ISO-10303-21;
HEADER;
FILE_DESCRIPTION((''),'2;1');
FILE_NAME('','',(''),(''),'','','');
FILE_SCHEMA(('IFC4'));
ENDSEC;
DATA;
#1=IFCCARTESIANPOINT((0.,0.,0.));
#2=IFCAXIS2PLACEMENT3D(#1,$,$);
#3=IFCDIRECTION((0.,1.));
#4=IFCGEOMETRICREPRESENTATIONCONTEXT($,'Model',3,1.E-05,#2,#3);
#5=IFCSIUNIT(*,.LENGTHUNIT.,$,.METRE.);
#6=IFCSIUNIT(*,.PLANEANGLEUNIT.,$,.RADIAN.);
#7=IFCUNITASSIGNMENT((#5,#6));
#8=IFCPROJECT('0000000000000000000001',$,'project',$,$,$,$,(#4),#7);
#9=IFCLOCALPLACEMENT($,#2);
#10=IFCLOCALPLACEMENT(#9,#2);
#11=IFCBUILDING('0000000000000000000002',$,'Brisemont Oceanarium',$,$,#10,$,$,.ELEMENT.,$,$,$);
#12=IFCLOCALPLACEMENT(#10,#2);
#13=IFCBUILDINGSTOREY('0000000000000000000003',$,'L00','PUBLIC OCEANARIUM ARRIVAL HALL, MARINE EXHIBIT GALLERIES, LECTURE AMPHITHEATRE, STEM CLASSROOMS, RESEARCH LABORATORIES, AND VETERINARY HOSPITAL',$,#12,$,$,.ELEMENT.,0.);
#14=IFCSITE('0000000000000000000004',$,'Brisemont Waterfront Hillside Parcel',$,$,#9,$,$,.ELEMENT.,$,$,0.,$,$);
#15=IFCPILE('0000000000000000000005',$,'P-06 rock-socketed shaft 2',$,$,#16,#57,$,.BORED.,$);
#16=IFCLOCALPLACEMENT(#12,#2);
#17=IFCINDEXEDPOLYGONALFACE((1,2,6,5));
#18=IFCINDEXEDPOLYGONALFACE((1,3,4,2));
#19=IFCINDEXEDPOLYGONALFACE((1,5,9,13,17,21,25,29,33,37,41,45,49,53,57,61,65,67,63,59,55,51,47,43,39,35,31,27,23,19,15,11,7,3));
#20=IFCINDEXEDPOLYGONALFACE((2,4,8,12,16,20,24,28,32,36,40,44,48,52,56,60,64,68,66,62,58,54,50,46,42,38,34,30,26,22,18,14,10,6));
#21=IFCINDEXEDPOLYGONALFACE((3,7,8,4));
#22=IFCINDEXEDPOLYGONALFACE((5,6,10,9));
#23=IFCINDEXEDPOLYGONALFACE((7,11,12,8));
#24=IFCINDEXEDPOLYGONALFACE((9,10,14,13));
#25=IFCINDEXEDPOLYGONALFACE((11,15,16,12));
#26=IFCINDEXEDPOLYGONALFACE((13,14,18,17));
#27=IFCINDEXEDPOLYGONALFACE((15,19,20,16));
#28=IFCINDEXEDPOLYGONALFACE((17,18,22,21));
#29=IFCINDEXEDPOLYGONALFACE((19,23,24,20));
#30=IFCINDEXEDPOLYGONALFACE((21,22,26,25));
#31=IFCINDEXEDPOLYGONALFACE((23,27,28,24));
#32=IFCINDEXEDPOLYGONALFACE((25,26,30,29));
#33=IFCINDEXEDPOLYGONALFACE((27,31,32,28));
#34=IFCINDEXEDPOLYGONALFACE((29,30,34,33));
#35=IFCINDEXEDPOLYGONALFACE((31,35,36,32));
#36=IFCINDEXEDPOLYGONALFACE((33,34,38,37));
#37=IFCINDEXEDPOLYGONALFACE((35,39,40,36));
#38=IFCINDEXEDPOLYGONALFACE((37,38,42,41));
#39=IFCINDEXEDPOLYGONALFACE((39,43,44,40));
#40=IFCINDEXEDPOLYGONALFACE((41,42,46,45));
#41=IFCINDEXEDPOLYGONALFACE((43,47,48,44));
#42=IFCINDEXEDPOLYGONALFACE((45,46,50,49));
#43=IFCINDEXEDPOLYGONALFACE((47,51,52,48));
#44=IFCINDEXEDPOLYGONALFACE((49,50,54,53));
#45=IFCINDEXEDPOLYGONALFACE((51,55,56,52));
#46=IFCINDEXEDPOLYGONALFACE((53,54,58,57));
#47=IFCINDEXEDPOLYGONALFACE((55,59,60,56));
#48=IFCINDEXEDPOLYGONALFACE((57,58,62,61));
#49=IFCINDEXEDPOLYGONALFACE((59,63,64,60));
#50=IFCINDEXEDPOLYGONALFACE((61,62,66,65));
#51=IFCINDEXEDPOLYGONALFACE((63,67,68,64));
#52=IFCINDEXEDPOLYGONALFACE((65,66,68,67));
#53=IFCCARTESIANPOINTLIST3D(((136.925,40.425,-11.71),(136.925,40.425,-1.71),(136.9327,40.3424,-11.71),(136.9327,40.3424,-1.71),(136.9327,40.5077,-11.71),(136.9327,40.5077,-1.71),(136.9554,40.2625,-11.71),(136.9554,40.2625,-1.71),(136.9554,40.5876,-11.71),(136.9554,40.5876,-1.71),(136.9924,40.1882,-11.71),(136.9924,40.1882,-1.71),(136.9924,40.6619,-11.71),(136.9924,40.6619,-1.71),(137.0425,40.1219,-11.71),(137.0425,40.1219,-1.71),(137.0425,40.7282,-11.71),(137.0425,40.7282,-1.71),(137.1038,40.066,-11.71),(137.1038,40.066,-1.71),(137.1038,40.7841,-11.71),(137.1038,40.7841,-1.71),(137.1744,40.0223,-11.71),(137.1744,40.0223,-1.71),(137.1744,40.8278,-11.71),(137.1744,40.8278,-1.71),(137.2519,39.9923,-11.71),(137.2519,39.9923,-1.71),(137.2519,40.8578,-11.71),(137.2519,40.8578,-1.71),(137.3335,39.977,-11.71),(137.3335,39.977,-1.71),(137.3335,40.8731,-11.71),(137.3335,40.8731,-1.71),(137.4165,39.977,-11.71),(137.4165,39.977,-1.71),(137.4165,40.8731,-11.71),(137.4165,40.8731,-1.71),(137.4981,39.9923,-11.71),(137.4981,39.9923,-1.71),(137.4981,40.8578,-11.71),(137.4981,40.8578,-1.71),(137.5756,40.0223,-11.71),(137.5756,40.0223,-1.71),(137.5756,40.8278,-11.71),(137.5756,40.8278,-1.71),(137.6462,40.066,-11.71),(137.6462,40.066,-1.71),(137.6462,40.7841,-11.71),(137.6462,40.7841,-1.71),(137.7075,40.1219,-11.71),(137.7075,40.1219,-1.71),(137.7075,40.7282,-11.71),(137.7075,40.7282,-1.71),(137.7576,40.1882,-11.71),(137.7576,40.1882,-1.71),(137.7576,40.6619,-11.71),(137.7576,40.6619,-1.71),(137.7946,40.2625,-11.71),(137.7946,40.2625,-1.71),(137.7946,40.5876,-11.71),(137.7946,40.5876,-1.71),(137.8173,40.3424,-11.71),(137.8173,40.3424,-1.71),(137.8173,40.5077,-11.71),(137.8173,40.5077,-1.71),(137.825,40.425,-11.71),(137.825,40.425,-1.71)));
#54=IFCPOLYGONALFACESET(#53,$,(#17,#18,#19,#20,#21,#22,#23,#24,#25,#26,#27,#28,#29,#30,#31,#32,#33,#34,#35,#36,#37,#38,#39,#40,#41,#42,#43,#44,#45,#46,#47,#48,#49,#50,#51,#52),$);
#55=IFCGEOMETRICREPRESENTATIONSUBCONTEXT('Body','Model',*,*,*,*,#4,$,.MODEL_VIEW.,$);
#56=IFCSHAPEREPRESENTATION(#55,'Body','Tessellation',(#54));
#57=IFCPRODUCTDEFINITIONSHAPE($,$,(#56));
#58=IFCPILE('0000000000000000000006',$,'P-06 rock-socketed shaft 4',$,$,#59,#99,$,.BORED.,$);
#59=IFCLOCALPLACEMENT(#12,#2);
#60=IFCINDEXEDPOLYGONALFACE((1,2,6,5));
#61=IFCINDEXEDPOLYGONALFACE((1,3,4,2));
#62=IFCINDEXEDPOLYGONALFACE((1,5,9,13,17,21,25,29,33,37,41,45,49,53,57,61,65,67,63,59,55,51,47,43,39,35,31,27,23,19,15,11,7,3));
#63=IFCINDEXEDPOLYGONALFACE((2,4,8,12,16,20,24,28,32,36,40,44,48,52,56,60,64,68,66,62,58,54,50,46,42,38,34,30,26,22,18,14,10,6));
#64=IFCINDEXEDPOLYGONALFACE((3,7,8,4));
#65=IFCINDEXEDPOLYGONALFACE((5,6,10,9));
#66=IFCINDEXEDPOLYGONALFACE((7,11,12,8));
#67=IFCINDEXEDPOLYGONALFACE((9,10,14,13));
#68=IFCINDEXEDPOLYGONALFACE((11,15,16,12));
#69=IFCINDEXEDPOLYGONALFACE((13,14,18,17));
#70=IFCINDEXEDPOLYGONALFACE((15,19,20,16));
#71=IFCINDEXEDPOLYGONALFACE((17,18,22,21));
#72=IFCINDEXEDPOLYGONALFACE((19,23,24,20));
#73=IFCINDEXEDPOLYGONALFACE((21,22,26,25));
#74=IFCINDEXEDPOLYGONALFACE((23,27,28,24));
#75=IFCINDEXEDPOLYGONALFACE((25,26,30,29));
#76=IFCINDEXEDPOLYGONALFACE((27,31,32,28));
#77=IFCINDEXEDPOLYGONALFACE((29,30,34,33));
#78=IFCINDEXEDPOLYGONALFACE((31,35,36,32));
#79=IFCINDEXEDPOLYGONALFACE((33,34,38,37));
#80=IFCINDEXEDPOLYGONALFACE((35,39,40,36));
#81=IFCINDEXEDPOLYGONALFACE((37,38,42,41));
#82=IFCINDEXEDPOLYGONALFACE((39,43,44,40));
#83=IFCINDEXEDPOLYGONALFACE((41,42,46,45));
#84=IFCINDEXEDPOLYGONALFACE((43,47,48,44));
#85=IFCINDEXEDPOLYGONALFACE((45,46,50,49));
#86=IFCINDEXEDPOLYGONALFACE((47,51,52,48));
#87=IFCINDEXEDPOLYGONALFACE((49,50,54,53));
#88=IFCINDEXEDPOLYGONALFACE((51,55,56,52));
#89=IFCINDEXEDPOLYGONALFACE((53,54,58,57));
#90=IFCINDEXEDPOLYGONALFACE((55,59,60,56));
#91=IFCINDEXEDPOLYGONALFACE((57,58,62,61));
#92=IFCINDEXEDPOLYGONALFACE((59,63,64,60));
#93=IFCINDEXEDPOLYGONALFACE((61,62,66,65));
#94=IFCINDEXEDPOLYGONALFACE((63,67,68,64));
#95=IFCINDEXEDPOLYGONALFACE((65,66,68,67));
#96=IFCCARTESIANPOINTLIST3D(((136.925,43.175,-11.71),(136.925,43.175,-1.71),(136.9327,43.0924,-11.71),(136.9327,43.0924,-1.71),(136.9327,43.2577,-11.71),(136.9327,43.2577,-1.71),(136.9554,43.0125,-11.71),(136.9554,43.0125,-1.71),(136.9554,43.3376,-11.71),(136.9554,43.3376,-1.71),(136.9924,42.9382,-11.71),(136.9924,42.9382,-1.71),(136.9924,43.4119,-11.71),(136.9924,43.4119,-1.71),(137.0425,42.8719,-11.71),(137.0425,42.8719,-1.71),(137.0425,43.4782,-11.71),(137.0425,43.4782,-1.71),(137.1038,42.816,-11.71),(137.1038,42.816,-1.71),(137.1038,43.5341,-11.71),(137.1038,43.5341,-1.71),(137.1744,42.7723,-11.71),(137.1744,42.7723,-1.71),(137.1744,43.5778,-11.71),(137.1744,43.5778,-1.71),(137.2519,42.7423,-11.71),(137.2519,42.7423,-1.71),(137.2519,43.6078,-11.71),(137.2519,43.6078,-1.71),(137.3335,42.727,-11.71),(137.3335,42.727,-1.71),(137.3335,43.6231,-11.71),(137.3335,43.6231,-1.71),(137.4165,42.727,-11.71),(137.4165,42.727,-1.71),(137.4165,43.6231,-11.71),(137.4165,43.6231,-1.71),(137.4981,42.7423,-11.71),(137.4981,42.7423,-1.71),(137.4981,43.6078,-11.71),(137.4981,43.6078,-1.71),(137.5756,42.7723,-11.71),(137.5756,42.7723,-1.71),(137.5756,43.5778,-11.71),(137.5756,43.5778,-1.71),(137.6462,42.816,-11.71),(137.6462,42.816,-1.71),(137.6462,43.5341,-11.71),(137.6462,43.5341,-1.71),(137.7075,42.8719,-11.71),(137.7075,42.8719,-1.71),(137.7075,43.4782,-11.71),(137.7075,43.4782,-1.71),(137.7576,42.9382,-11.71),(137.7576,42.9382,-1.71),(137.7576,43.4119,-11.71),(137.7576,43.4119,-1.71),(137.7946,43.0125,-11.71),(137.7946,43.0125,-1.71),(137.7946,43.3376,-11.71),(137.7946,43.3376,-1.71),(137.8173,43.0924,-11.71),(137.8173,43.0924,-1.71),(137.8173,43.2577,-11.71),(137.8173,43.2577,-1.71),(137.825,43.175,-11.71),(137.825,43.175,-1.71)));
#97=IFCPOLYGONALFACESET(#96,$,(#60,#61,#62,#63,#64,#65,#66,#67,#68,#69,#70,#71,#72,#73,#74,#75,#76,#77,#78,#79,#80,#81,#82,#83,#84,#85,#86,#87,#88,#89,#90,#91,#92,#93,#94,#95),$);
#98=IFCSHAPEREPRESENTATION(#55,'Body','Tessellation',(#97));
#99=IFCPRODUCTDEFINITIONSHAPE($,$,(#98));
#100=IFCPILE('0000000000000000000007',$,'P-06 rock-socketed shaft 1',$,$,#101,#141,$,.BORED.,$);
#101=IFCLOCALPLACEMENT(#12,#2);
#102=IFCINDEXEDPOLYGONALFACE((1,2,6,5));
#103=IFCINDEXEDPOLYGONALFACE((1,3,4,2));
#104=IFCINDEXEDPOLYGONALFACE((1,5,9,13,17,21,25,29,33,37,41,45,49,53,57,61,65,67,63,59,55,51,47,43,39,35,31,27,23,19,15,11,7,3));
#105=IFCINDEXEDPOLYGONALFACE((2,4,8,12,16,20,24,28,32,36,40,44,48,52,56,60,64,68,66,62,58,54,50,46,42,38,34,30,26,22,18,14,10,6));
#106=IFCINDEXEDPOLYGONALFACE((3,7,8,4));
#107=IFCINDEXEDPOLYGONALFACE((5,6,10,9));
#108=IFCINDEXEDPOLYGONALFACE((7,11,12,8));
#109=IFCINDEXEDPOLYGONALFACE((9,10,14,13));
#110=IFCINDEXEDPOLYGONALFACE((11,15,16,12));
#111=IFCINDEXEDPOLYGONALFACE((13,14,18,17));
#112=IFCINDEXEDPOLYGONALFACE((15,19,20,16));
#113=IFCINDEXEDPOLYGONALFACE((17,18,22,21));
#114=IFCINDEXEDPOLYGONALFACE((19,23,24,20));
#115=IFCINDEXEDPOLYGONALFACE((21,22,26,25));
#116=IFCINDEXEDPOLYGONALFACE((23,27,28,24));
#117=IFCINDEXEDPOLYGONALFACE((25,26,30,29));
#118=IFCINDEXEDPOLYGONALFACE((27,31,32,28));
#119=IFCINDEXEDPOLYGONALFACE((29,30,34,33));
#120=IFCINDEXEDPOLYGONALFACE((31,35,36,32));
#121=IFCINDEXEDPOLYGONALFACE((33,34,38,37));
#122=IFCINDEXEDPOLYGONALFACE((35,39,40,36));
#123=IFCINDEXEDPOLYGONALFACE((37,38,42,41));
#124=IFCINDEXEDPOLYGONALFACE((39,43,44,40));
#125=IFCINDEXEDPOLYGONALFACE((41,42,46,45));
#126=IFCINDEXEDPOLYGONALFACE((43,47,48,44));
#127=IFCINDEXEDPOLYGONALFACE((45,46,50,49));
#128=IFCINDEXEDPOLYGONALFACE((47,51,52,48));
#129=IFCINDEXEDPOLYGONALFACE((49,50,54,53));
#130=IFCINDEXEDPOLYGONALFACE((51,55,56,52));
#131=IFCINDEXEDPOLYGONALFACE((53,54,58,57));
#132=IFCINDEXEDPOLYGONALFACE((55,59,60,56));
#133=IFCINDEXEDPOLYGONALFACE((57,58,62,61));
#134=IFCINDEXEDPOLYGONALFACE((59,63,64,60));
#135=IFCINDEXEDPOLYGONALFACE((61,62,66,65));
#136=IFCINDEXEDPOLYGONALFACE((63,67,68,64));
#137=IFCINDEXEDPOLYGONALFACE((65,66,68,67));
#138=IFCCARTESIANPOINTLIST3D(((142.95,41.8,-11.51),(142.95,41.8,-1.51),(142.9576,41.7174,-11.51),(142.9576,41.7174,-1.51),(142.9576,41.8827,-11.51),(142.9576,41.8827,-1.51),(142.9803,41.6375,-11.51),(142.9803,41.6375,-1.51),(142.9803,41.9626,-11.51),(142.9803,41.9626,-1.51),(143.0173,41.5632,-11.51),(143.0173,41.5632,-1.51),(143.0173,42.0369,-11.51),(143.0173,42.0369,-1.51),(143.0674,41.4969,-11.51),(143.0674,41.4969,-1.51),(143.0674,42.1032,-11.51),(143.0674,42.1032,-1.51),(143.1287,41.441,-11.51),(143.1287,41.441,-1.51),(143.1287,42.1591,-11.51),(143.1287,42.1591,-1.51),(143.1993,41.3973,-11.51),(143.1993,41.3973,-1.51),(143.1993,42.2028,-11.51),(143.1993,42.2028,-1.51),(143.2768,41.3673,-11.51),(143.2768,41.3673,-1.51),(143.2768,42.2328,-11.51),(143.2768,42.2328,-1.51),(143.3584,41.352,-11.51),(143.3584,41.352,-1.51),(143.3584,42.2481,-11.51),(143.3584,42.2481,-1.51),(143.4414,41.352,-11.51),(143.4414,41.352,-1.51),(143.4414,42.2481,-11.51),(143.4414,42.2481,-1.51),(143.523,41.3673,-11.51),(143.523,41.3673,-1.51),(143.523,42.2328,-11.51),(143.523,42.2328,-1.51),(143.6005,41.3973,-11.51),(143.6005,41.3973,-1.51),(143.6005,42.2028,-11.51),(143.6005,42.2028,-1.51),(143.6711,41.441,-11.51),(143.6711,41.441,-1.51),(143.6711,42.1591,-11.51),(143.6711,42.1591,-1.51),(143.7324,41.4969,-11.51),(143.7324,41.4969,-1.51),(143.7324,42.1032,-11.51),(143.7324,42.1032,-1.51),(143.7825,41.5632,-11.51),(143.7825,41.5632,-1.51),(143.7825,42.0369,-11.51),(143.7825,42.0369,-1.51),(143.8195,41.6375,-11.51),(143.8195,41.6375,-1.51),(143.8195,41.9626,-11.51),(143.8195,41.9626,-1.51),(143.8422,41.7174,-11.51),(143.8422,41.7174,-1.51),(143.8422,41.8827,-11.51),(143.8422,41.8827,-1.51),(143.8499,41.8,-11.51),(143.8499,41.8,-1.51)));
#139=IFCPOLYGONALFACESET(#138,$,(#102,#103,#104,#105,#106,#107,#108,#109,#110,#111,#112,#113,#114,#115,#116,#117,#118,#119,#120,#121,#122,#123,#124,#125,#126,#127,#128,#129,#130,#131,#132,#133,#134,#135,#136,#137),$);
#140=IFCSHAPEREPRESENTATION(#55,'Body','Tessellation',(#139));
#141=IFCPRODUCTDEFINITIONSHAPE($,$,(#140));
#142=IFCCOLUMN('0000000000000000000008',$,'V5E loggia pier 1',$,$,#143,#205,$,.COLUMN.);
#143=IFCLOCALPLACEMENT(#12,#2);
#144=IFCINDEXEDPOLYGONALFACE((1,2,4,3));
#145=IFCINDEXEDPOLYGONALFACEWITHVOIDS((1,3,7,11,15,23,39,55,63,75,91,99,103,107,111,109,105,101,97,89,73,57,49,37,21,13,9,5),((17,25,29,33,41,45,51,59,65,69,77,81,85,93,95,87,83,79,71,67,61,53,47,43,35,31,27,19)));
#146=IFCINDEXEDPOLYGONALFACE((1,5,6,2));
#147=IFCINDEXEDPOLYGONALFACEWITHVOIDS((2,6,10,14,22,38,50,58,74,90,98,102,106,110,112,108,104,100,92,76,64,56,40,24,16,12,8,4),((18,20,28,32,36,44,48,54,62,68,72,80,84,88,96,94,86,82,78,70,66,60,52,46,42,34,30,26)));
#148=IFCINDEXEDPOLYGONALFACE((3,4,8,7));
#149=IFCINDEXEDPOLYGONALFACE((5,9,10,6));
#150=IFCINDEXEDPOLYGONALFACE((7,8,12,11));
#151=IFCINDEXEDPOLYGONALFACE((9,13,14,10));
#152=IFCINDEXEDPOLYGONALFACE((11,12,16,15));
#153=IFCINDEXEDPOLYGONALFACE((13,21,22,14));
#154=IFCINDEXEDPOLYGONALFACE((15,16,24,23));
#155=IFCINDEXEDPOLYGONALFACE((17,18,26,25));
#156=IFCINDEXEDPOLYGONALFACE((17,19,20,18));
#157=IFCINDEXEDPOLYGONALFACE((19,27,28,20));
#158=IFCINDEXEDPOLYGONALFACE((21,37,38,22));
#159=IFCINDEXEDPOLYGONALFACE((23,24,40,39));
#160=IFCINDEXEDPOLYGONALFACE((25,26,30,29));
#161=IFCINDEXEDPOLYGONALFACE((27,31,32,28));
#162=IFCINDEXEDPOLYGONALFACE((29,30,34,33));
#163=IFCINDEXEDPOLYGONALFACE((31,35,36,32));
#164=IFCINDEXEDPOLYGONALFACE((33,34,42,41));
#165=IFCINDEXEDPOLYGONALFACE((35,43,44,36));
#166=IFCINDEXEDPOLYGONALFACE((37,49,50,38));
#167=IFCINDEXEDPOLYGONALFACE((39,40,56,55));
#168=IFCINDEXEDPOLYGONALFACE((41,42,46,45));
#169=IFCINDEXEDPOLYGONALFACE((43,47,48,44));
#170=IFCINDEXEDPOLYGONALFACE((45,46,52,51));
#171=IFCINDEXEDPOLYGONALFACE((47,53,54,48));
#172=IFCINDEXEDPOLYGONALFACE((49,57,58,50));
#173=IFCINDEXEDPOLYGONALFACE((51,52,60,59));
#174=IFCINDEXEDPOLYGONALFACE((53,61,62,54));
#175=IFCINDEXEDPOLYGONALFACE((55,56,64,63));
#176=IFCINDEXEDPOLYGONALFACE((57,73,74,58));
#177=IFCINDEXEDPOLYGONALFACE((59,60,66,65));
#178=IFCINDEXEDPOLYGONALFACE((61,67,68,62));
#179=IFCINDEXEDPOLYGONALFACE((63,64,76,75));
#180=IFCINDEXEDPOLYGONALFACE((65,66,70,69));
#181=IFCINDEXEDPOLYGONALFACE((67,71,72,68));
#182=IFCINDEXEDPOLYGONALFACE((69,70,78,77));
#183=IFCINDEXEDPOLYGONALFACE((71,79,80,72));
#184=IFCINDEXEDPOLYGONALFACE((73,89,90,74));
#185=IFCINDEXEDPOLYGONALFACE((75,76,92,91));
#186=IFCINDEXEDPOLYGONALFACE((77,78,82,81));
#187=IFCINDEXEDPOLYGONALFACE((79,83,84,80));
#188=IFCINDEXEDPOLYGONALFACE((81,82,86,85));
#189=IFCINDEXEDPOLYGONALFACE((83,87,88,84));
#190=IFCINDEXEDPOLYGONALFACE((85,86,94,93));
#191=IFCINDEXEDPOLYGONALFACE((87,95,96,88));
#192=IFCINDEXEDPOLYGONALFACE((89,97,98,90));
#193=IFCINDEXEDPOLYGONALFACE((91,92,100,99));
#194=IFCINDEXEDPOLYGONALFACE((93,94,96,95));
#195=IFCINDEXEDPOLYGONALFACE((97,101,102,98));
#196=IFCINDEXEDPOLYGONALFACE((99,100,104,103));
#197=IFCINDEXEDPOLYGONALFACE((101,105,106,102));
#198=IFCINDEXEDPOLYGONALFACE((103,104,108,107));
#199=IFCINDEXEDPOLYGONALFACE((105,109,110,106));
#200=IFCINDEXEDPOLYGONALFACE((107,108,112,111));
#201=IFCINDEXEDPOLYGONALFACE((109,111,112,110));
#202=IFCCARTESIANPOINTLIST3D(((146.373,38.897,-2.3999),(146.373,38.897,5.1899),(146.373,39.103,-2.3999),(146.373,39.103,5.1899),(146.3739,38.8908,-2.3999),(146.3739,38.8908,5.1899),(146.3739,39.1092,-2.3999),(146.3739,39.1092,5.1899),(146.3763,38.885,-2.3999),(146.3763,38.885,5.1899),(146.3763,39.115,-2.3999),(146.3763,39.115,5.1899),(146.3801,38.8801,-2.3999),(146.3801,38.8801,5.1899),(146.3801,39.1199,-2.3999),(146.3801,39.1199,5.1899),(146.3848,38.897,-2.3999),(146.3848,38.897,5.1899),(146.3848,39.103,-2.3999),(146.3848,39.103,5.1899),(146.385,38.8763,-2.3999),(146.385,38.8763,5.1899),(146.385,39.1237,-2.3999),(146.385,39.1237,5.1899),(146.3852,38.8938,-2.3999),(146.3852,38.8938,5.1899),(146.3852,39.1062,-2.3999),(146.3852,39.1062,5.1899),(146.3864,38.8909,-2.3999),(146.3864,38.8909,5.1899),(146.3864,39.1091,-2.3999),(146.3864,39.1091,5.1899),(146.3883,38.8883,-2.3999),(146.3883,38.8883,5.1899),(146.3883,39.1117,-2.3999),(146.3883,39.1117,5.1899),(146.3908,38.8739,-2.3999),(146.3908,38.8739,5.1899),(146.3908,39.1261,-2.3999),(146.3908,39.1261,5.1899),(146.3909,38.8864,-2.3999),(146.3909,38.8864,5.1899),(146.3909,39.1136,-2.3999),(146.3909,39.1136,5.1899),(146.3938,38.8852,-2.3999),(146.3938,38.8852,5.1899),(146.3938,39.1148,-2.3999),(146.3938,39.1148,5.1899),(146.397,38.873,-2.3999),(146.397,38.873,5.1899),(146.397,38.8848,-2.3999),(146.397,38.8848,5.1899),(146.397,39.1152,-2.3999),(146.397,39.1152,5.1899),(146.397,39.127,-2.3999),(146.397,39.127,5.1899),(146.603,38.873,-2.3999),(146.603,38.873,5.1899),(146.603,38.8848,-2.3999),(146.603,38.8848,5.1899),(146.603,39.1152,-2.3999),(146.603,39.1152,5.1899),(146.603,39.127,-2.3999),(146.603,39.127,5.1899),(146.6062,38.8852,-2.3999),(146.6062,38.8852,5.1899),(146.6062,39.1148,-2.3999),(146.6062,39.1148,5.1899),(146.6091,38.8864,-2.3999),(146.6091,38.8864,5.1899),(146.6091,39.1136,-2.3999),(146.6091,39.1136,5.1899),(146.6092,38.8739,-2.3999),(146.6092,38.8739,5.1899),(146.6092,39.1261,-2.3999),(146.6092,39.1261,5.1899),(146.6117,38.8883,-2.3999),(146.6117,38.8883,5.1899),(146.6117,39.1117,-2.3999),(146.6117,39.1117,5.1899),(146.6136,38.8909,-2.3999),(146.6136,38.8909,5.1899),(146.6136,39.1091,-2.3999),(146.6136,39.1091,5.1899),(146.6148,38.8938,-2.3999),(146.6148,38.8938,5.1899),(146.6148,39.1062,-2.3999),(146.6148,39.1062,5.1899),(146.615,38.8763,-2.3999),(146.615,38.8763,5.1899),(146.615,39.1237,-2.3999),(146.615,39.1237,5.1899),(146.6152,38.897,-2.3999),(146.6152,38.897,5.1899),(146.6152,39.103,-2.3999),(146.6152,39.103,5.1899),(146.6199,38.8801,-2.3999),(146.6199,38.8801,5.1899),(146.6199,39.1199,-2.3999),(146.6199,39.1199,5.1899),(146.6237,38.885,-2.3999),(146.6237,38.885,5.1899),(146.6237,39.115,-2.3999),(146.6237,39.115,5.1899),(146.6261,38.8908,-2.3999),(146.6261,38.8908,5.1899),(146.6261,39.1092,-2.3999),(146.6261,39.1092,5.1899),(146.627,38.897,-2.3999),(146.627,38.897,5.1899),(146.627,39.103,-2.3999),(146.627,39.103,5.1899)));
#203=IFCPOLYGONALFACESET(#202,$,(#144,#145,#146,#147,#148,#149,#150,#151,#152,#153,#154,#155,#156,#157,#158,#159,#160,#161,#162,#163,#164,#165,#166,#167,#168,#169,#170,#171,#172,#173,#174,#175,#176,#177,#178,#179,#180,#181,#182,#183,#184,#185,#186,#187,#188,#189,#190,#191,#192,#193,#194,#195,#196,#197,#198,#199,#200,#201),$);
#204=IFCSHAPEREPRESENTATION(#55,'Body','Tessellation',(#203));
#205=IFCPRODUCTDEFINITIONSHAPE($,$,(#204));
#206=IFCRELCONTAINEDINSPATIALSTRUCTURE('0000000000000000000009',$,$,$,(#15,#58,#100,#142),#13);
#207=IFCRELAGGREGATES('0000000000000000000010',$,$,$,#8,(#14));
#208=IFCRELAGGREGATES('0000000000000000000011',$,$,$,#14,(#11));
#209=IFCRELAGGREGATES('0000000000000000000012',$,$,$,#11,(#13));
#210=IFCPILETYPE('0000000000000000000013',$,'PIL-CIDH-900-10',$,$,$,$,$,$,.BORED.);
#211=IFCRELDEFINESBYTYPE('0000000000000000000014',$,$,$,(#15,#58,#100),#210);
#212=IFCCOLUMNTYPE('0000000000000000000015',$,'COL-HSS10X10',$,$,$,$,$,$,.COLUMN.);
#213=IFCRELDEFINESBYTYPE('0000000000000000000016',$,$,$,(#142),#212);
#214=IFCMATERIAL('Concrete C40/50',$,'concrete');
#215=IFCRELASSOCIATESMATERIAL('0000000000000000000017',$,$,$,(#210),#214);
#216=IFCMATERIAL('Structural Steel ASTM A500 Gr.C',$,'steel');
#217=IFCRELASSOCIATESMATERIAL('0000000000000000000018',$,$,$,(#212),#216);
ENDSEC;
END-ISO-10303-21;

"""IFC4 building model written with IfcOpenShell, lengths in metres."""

from ifc_helpers import new_model, si_unit, direction, frame, origin, origin_2d, place, context, subcontext, project, spatial, hollow_rectangle, circle, extrude, material, material_profile, profile_set, type_object, element, save


model = new_model("IFC4")

# Units and contexts
model_context = context("Model", 3, precision=1e-05, world=origin(), true_north=direction((0.0, 1.0)))
body_context = subcontext(model_context, "Body", "Model", "MODEL_VIEW")
ifc_project = project(units=[si_unit("LENGTHUNIT", "METRE"), si_unit("PLANEANGLEUNIT", "RADIAN")], contexts=[model_context])

# Site, building, storey
site_placement = place(None, origin())
site = spatial("IfcSite", under=ifc_project, at=site_placement, Name="Brisemont Waterfront Hillside Parcel", CompositionType="ELEMENT", RefElevation=0.0)
building_placement = place(site_placement, origin())
building = spatial("IfcBuilding", under=site, at=building_placement, Name="Brisemont Oceanarium", CompositionType="ELEMENT")
storey_placement = place(building_placement, origin())
storey = spatial("IfcBuildingStorey", under=building, at=storey_placement, Name="L00", Description="PUBLIC OCEANARIUM ARRIVAL HALL, MARINE EXHIBIT GALLERIES, LECTURE AMPHITHEATRE, STEM CLASSROOMS, RESEARCH LABORATORIES, AND VETERINARY HOSPITAL", CompositionType="ELEMENT", Elevation=0.0)

# Piles
ifc_material_1 = material(Name="Concrete C40/50", Category="concrete")
ifc_material_profile_1 = material_profile(ifc_material_1, circle(Radius=0.45, at=origin_2d()), Name="CIDH-D900")
ifc_profile_set_1 = profile_set([ifc_material_profile_1], Name="Concrete C40/50")
pile_type_1 = type_object("IfcPileType", Name="PIL-CIDH-900-10", PredefinedType="BORED", material=ifc_profile_set_1)
for number, where, z_axis, x_axis, name in (
    (1, (137.375, 40.425, -1.71), (0.0, 0.0, -1.0), (1.0, 0.0, 0.0), "P-06 rock-socketed shaft 2"),
    (2, (137.375, 43.175, -1.71), (0.0, 0.0, -1.0), (1.0, 0.0, 0.0), "P-06 rock-socketed shaft 4"),
    (3, (143.3999, 41.8, -1.51), (0.0, 0.0, -1.0), (1.0, 0.0, 0.0), "P-06 rock-socketed shaft 1"),
):
    element("IfcPile", number, at=place(storey_placement, frame(where, z_axis=z_axis, x_axis=x_axis)), inside=storey, type_object=pile_type_1, Name=name, PredefinedType="BORED", context=body_context, shape_type="SweptSolid", body=[
        extrude(circle(Radius=0.45, at=origin_2d()), origin(), (0.0, 0.0, 1.0), 10.0),
    ])

# Column
ifc_material_2 = material(Name="Structural Steel ASTM A500 Gr.C", Category="steel")
ifc_material_profile_2 = material_profile(ifc_material_2, hollow_rectangle(XDim=0.2539, YDim=0.2539, WallThickness=0.0117, InnerFilletRadius=0.0122, OuterFilletRadius=0.0239, at=origin_2d()), Name="HSS10X10X1/2")
ifc_profile_set_2 = profile_set([ifc_material_profile_2], Name="Structural Steel ASTM A500 Gr.C")
column_type_1 = type_object("IfcColumnType", Name="COL-HSS10X10", PredefinedType="COLUMN", material=ifc_profile_set_2)
column_1_placement = place(storey_placement, frame((146.5, 39.0, -2.3999), z_axis=(0.0, 0.0, 1.0), x_axis=(1.0, 0.0, 0.0)))
element("IfcColumn", 4, at=column_1_placement, inside=storey, type_object=column_type_1, Name="V5E loggia pier 1", PredefinedType="COLUMN", context=body_context, shape_type="SweptSolid", body=[
    extrude(hollow_rectangle(XDim=0.2539, YDim=0.2539, WallThickness=0.0117, InnerFilletRadius=0.0122, OuterFilletRadius=0.0239, at=origin_2d()), origin(), (0.0, 0.0, 1.0), 7.5898),
])

save(model, "model.ifc")
